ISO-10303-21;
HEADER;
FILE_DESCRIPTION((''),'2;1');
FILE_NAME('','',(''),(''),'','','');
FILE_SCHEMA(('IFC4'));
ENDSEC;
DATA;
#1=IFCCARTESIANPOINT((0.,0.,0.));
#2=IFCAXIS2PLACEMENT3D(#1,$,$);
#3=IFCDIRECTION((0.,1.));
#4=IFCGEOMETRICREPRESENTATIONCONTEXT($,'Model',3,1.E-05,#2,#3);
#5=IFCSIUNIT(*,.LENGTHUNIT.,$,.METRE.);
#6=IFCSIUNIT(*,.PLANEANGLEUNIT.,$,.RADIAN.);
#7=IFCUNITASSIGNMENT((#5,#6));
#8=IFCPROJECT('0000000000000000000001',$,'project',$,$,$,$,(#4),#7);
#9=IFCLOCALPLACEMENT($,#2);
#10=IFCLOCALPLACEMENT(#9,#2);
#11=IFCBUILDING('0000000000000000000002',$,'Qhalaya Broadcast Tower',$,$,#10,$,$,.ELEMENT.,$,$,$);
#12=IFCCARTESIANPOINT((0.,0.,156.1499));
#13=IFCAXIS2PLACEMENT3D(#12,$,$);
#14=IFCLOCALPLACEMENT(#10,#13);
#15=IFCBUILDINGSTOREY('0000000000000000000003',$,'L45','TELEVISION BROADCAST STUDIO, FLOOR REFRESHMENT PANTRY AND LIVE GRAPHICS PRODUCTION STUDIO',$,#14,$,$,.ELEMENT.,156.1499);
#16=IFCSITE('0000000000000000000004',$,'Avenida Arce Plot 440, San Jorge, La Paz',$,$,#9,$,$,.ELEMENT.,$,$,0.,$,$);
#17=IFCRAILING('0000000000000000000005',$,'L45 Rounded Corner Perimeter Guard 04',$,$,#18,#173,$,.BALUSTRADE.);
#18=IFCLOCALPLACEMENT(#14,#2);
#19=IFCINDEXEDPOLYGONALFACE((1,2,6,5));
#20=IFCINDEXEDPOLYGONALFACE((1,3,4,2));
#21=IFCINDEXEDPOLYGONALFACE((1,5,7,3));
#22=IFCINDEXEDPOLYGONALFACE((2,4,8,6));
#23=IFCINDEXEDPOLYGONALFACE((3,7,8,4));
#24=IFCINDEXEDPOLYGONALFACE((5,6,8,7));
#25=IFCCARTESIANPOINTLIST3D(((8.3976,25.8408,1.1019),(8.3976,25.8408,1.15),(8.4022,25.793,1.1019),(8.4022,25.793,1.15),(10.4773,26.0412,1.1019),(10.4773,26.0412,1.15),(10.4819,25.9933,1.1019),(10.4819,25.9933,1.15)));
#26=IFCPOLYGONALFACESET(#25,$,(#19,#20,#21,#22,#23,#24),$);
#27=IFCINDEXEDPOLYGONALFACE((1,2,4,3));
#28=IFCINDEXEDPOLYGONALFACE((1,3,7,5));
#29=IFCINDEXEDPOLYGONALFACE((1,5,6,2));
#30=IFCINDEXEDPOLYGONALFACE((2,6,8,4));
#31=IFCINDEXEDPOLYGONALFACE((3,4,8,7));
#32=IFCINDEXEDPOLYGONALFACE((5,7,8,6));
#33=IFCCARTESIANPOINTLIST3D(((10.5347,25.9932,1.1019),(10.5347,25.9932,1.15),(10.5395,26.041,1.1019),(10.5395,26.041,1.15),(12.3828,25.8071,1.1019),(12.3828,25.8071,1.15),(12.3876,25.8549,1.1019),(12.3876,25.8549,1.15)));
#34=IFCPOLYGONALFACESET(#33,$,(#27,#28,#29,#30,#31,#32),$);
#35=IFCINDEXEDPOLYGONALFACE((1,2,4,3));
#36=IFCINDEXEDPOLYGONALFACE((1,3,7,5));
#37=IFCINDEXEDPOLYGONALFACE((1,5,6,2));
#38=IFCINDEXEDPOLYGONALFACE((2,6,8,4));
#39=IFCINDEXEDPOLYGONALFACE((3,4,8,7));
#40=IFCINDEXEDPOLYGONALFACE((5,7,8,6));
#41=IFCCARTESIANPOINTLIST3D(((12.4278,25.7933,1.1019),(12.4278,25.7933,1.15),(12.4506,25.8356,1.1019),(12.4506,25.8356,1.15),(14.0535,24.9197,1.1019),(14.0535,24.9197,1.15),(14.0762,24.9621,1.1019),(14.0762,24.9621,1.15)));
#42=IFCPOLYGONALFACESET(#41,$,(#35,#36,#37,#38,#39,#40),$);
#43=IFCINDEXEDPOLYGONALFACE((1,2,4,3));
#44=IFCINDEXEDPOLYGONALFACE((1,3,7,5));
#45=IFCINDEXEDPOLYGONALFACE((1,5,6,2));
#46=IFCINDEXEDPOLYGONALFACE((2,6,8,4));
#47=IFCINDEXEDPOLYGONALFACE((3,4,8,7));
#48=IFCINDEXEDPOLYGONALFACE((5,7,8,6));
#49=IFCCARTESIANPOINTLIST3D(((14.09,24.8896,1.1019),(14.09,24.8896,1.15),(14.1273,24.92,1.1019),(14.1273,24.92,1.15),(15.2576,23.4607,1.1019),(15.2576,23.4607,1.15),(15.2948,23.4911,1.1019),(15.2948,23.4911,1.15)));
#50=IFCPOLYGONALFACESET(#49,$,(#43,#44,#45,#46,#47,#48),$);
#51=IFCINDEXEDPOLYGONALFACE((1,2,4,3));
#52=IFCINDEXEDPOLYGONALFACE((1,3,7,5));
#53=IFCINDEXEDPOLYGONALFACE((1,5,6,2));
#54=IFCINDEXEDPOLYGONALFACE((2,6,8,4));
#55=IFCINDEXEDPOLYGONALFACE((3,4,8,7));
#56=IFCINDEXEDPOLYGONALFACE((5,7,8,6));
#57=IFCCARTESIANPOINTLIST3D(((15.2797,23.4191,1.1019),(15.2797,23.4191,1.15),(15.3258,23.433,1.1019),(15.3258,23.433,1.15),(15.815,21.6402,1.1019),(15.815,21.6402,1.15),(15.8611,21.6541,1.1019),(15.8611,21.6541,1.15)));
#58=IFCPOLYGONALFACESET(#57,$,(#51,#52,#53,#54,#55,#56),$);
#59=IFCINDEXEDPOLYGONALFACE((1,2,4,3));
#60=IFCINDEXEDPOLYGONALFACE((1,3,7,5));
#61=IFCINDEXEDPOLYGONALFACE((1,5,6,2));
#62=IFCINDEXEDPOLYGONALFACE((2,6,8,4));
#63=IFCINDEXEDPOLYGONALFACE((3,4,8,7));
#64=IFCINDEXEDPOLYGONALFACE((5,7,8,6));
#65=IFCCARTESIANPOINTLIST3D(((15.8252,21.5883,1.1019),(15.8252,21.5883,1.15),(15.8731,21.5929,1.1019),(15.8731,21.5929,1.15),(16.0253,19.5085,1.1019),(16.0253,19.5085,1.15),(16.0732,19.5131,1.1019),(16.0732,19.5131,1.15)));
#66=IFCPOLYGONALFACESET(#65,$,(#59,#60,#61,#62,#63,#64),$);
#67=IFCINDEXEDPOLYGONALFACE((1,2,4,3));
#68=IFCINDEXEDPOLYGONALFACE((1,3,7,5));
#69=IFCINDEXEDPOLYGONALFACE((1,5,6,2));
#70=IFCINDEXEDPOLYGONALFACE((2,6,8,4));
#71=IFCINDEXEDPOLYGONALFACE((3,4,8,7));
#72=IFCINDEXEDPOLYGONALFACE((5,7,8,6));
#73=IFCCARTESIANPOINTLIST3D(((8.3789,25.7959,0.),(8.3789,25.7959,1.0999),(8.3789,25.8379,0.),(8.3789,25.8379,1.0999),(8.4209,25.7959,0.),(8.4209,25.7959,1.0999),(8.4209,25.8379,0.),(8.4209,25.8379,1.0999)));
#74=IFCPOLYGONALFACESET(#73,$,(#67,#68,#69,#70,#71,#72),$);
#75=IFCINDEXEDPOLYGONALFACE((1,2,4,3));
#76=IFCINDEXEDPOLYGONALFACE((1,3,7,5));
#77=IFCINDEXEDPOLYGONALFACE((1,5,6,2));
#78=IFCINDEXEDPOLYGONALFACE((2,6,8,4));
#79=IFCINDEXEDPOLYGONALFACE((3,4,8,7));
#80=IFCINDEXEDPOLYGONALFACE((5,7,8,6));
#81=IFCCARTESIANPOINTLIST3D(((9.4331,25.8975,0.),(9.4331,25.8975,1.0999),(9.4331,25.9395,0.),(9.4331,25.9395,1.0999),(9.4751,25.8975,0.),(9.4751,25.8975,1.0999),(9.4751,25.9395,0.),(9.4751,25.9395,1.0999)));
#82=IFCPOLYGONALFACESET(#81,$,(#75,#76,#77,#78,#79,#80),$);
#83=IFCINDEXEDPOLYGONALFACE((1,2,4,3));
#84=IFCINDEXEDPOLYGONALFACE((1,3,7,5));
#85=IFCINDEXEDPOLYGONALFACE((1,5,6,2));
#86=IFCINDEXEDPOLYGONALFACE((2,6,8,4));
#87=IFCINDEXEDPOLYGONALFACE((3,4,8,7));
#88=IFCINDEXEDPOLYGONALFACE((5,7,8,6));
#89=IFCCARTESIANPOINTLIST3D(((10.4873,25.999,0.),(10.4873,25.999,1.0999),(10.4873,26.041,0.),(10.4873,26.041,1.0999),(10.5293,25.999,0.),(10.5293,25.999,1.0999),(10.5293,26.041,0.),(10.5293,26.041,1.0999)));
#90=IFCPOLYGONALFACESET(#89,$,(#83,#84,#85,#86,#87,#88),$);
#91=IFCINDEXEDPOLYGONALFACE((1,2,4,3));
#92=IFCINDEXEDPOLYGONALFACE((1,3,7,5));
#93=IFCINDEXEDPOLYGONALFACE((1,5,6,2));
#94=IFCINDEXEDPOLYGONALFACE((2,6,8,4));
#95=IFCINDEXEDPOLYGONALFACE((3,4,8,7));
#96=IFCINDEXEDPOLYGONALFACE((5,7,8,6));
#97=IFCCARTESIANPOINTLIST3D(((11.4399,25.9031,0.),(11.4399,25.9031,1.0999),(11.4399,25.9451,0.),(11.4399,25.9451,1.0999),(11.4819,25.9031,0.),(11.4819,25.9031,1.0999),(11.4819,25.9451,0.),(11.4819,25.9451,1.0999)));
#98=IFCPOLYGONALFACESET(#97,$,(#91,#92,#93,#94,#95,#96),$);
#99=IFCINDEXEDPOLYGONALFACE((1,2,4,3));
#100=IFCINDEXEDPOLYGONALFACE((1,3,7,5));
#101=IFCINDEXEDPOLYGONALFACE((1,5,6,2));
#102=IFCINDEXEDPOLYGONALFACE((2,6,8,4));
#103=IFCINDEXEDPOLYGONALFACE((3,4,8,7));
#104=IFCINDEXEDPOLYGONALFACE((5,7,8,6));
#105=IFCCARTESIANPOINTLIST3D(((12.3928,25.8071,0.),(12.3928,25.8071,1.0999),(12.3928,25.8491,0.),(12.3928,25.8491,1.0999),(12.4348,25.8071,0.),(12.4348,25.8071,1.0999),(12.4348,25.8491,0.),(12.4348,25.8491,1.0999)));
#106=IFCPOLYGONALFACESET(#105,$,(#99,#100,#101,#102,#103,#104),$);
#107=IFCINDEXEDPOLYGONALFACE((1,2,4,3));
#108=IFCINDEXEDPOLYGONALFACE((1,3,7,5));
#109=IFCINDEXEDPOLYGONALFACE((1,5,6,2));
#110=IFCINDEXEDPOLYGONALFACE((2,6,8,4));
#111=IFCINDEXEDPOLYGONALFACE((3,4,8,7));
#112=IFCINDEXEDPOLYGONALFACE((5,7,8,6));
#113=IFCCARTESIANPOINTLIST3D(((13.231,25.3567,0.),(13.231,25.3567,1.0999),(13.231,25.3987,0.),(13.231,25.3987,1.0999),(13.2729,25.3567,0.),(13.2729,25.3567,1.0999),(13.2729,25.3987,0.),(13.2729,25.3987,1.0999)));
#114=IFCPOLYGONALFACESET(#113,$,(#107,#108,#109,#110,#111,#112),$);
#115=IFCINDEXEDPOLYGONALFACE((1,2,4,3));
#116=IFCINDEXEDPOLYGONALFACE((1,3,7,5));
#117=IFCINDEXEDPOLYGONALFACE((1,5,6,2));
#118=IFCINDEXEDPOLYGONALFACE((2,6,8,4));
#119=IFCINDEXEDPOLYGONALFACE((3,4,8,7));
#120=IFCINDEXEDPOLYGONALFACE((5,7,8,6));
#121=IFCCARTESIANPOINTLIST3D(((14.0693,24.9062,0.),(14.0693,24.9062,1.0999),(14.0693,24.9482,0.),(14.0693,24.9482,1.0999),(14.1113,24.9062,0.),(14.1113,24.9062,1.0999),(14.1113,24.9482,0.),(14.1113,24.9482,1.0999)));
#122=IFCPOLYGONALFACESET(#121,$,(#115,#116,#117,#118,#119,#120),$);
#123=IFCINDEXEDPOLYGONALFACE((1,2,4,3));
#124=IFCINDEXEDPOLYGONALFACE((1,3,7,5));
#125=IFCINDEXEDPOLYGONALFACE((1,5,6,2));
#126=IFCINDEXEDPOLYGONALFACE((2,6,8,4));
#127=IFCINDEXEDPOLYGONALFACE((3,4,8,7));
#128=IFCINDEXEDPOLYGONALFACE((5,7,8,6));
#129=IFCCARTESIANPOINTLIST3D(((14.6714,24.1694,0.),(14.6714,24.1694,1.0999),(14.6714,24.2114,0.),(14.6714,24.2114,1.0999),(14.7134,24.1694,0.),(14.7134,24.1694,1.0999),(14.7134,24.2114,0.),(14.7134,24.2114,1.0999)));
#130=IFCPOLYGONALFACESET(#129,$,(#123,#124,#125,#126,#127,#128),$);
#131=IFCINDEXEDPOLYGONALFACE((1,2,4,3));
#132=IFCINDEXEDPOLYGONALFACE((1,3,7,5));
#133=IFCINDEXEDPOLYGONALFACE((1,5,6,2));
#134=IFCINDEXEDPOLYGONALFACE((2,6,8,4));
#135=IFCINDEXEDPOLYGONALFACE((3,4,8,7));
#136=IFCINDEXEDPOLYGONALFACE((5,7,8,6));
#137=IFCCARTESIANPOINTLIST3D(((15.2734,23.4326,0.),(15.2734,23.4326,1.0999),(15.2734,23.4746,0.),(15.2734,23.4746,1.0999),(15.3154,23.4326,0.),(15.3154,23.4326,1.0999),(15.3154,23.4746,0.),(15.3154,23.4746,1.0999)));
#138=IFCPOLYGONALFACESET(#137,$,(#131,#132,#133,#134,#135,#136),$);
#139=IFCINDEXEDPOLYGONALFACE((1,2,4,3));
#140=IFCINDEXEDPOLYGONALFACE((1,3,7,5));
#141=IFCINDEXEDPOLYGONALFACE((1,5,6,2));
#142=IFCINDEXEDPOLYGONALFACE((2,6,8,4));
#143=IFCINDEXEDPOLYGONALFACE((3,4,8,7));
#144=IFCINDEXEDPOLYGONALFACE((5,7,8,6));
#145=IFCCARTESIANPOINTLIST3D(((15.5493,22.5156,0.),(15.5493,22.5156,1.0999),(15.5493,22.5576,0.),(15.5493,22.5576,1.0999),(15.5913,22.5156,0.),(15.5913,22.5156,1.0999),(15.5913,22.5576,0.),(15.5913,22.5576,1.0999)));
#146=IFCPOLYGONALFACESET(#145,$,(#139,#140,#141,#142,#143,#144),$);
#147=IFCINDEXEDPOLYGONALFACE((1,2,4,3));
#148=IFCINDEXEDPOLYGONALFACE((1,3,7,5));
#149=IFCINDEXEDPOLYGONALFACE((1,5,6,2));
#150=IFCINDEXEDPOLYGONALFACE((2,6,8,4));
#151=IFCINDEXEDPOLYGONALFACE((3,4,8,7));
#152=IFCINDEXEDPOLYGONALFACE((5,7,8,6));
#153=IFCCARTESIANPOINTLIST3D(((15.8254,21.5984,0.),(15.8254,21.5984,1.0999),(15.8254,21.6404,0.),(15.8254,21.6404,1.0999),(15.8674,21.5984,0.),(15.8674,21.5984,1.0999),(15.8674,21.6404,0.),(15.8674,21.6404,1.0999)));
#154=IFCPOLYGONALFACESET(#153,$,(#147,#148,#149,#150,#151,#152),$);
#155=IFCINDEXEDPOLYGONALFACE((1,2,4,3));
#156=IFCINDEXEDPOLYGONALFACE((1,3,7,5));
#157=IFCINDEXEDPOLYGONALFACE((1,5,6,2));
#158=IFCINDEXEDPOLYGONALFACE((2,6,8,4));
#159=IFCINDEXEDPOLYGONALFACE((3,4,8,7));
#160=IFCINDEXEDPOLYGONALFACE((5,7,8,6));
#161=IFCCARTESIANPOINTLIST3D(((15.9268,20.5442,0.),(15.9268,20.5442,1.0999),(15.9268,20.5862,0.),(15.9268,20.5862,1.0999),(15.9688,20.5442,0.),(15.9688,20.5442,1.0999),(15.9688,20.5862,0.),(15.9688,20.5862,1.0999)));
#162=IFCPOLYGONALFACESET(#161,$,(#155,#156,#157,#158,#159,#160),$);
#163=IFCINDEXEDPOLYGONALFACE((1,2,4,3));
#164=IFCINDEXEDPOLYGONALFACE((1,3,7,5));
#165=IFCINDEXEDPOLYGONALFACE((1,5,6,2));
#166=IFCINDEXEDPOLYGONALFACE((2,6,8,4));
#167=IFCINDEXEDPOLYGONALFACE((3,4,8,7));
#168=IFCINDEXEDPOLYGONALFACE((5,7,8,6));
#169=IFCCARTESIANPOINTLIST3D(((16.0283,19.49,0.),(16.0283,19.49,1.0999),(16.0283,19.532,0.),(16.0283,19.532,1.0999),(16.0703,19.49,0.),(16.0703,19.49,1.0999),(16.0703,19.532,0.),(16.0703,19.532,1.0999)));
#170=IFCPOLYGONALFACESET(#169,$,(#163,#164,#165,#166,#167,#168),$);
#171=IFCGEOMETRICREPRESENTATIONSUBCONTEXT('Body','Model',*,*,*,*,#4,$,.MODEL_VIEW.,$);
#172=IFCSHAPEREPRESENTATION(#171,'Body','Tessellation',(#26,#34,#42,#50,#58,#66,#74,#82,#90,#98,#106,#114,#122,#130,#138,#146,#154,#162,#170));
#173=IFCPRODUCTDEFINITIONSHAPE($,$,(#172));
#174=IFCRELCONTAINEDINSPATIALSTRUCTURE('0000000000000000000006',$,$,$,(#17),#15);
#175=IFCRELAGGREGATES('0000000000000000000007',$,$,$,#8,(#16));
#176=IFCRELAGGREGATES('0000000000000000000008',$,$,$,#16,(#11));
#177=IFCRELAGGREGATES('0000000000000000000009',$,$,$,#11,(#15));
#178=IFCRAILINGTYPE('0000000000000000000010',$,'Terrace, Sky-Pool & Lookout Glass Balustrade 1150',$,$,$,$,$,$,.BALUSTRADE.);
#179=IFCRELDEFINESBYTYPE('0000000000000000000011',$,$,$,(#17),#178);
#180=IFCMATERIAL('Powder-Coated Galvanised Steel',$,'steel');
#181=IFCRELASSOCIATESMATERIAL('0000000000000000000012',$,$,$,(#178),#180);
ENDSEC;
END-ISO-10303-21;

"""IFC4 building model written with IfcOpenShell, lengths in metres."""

from ifc_helpers import new_model, si_unit, direction, frame, origin, origin_2d, place, context, subcontext, project, spatial, rectangle, extrude, material, type_object, element, save


model = new_model("IFC4")

# Units and contexts
model_context = context("Model", 3, precision=1e-05, world=origin(), true_north=direction((0.0, 1.0)))
body_context = subcontext(model_context, "Body", "Model", "MODEL_VIEW")
ifc_project = project(units=[si_unit("LENGTHUNIT", "METRE"), si_unit("PLANEANGLEUNIT", "RADIAN")], contexts=[model_context])

# Site, building, storey
site_placement = place(None, origin())
site = spatial("IfcSite", under=ifc_project, at=site_placement, Name="Avenida Arce Plot 440, San Jorge, La Paz", CompositionType="ELEMENT", RefElevation=0.0)
building_placement = place(site_placement, origin())
building = spatial("IfcBuilding", under=site, at=building_placement, Name="Qhalaya Broadcast Tower", CompositionType="ELEMENT")
storey_placement = place(building_placement, frame((0.0, 0.0, 156.1499)))
storey = spatial("IfcBuildingStorey", under=building, at=storey_placement, Name="L45", Description="TELEVISION BROADCAST STUDIO, FLOOR REFRESHMENT PANTRY AND LIVE GRAPHICS PRODUCTION STUDIO", CompositionType="ELEMENT", Elevation=156.1499)

# Railing
ifc_material_1 = material(Name="Powder-Coated Galvanised Steel", Category="steel")
railing_type = type_object("IfcRailingType", Name="Terrace, Sky-Pool & Lookout Glass Balustrade 1150", PredefinedType="BALUSTRADE", material=ifc_material_1)
railing_placement = place(storey_placement, frame((8.3999, 25.8169, 0.0)))
element("IfcRailing", 1, at=railing_placement, inside=storey, type_object=railing_type, Name="L45 Rounded Corner Perimeter Guard 04", PredefinedType="BALUSTRADE", context=body_context, shape_type="SweptSolid", body=[
    extrude(rectangle(XDim=0.0481, YDim=0.0481, at=origin_2d()), frame((0.0, 0.0, 1.126), z_axis=(0.995391, 0.095897, 0.0), x_axis=(-0.095897, 0.995391, 0.0)), (0.0, 0.0, 1.0), 2.0894),
    extrude(rectangle(XDim=0.0481, YDim=0.0481, at=origin_2d()), frame((2.1372, 0.2002, 1.126), z_axis=(0.994968, -0.100198, 0.0), x_axis=(0.100198, 0.994968, 0.0)), (0.0, 0.0, 1.0), 1.8574),
    extrude(rectangle(XDim=0.0481, YDim=0.0481, at=origin_2d()), frame((4.0393, -0.0024, 1.126), z_axis=(0.880879, -0.473342, 0.0), x_axis=(0.473342, 0.880879, 0.0)), (0.0, 0.0, 1.0), 1.8455),
    extrude(rectangle(XDim=0.0481, YDim=0.0481, at=origin_2d()), frame((5.7087, -0.9121, 1.126), z_axis=(0.632735, -0.774369, 0.0), x_axis=(0.774369, 0.632735, 0.0)), (0.0, 0.0, 1.0), 1.8452),
    extrude(rectangle(XDim=0.0481, YDim=0.0481, at=origin_2d()), frame((6.9028, -2.3909, 1.126), z_axis=(0.288178, -0.957577, 0.0), x_axis=(0.957577, 0.288178, 0.0)), (0.0, 0.0, 1.0), 1.8577),
    extrude(rectangle(XDim=0.0481, YDim=0.0481, at=origin_2d()), frame((7.4492, -4.2263, 1.126), z_axis=(0.095783, -0.995402, 0.0), x_axis=(0.995402, 0.095783, 0.0)), (0.0, 0.0, 1.0), 2.0894),
    extrude(rectangle(XDim=0.042, YDim=0.042, at=origin_2d()), origin(), (0.0, 0.0, 1.0), 1.0999),
    extrude(rectangle(XDim=0.042, YDim=0.042, at=origin_2d()), frame((1.0542, 0.1016, 0.0)), (0.0, 0.0, 1.0), 1.0999),
    extrude(rectangle(XDim=0.042, YDim=0.042, at=origin_2d()), frame((2.1084, 0.2031, 0.0)), (0.0, 0.0, 1.0), 1.0999),
    extrude(rectangle(XDim=0.042, YDim=0.042, at=origin_2d()), frame((3.061, 0.1072, 0.0)), (0.0, 0.0, 1.0), 1.0999),
    extrude(rectangle(XDim=0.042, YDim=0.042, at=origin_2d()), frame((4.0139, 0.0112, 0.0)), (0.0, 0.0, 1.0), 1.0999),
    extrude(rectangle(XDim=0.042, YDim=0.042, at=origin_2d()), frame((4.8521, -0.4392, 0.0)), (0.0, 0.0, 1.0), 1.0999),
    extrude(rectangle(XDim=0.042, YDim=0.042, at=origin_2d()), frame((5.6904, -0.8896, 0.0)), (0.0, 0.0, 1.0), 1.0999),
    extrude(rectangle(XDim=0.042, YDim=0.042, at=origin_2d()), frame((6.2925, -1.6265, 0.0)), (0.0, 0.0, 1.0), 1.0999),
    extrude(rectangle(XDim=0.042, YDim=0.042, at=origin_2d()), frame((6.8945, -2.3633, 0.0)), (0.0, 0.0, 1.0), 1.0999),
    extrude(rectangle(XDim=0.042, YDim=0.042, at=origin_2d()), frame((7.1704, -3.2803, 0.0)), (0.0, 0.0, 1.0), 1.0999),
    extrude(rectangle(XDim=0.042, YDim=0.042, at=origin_2d()), frame((7.4465, -4.1975, 0.0)), (0.0, 0.0, 1.0), 1.0999),
    extrude(rectangle(XDim=0.042, YDim=0.042, at=origin_2d()), frame((7.5479, -5.2517, 0.0)), (0.0, 0.0, 1.0), 1.0999),
    extrude(rectangle(XDim=0.042, YDim=0.042, at=origin_2d()), frame((7.6494, -6.3059, 0.0)), (0.0, 0.0, 1.0), 1.0999),
])

save(model, "model.ifc")
